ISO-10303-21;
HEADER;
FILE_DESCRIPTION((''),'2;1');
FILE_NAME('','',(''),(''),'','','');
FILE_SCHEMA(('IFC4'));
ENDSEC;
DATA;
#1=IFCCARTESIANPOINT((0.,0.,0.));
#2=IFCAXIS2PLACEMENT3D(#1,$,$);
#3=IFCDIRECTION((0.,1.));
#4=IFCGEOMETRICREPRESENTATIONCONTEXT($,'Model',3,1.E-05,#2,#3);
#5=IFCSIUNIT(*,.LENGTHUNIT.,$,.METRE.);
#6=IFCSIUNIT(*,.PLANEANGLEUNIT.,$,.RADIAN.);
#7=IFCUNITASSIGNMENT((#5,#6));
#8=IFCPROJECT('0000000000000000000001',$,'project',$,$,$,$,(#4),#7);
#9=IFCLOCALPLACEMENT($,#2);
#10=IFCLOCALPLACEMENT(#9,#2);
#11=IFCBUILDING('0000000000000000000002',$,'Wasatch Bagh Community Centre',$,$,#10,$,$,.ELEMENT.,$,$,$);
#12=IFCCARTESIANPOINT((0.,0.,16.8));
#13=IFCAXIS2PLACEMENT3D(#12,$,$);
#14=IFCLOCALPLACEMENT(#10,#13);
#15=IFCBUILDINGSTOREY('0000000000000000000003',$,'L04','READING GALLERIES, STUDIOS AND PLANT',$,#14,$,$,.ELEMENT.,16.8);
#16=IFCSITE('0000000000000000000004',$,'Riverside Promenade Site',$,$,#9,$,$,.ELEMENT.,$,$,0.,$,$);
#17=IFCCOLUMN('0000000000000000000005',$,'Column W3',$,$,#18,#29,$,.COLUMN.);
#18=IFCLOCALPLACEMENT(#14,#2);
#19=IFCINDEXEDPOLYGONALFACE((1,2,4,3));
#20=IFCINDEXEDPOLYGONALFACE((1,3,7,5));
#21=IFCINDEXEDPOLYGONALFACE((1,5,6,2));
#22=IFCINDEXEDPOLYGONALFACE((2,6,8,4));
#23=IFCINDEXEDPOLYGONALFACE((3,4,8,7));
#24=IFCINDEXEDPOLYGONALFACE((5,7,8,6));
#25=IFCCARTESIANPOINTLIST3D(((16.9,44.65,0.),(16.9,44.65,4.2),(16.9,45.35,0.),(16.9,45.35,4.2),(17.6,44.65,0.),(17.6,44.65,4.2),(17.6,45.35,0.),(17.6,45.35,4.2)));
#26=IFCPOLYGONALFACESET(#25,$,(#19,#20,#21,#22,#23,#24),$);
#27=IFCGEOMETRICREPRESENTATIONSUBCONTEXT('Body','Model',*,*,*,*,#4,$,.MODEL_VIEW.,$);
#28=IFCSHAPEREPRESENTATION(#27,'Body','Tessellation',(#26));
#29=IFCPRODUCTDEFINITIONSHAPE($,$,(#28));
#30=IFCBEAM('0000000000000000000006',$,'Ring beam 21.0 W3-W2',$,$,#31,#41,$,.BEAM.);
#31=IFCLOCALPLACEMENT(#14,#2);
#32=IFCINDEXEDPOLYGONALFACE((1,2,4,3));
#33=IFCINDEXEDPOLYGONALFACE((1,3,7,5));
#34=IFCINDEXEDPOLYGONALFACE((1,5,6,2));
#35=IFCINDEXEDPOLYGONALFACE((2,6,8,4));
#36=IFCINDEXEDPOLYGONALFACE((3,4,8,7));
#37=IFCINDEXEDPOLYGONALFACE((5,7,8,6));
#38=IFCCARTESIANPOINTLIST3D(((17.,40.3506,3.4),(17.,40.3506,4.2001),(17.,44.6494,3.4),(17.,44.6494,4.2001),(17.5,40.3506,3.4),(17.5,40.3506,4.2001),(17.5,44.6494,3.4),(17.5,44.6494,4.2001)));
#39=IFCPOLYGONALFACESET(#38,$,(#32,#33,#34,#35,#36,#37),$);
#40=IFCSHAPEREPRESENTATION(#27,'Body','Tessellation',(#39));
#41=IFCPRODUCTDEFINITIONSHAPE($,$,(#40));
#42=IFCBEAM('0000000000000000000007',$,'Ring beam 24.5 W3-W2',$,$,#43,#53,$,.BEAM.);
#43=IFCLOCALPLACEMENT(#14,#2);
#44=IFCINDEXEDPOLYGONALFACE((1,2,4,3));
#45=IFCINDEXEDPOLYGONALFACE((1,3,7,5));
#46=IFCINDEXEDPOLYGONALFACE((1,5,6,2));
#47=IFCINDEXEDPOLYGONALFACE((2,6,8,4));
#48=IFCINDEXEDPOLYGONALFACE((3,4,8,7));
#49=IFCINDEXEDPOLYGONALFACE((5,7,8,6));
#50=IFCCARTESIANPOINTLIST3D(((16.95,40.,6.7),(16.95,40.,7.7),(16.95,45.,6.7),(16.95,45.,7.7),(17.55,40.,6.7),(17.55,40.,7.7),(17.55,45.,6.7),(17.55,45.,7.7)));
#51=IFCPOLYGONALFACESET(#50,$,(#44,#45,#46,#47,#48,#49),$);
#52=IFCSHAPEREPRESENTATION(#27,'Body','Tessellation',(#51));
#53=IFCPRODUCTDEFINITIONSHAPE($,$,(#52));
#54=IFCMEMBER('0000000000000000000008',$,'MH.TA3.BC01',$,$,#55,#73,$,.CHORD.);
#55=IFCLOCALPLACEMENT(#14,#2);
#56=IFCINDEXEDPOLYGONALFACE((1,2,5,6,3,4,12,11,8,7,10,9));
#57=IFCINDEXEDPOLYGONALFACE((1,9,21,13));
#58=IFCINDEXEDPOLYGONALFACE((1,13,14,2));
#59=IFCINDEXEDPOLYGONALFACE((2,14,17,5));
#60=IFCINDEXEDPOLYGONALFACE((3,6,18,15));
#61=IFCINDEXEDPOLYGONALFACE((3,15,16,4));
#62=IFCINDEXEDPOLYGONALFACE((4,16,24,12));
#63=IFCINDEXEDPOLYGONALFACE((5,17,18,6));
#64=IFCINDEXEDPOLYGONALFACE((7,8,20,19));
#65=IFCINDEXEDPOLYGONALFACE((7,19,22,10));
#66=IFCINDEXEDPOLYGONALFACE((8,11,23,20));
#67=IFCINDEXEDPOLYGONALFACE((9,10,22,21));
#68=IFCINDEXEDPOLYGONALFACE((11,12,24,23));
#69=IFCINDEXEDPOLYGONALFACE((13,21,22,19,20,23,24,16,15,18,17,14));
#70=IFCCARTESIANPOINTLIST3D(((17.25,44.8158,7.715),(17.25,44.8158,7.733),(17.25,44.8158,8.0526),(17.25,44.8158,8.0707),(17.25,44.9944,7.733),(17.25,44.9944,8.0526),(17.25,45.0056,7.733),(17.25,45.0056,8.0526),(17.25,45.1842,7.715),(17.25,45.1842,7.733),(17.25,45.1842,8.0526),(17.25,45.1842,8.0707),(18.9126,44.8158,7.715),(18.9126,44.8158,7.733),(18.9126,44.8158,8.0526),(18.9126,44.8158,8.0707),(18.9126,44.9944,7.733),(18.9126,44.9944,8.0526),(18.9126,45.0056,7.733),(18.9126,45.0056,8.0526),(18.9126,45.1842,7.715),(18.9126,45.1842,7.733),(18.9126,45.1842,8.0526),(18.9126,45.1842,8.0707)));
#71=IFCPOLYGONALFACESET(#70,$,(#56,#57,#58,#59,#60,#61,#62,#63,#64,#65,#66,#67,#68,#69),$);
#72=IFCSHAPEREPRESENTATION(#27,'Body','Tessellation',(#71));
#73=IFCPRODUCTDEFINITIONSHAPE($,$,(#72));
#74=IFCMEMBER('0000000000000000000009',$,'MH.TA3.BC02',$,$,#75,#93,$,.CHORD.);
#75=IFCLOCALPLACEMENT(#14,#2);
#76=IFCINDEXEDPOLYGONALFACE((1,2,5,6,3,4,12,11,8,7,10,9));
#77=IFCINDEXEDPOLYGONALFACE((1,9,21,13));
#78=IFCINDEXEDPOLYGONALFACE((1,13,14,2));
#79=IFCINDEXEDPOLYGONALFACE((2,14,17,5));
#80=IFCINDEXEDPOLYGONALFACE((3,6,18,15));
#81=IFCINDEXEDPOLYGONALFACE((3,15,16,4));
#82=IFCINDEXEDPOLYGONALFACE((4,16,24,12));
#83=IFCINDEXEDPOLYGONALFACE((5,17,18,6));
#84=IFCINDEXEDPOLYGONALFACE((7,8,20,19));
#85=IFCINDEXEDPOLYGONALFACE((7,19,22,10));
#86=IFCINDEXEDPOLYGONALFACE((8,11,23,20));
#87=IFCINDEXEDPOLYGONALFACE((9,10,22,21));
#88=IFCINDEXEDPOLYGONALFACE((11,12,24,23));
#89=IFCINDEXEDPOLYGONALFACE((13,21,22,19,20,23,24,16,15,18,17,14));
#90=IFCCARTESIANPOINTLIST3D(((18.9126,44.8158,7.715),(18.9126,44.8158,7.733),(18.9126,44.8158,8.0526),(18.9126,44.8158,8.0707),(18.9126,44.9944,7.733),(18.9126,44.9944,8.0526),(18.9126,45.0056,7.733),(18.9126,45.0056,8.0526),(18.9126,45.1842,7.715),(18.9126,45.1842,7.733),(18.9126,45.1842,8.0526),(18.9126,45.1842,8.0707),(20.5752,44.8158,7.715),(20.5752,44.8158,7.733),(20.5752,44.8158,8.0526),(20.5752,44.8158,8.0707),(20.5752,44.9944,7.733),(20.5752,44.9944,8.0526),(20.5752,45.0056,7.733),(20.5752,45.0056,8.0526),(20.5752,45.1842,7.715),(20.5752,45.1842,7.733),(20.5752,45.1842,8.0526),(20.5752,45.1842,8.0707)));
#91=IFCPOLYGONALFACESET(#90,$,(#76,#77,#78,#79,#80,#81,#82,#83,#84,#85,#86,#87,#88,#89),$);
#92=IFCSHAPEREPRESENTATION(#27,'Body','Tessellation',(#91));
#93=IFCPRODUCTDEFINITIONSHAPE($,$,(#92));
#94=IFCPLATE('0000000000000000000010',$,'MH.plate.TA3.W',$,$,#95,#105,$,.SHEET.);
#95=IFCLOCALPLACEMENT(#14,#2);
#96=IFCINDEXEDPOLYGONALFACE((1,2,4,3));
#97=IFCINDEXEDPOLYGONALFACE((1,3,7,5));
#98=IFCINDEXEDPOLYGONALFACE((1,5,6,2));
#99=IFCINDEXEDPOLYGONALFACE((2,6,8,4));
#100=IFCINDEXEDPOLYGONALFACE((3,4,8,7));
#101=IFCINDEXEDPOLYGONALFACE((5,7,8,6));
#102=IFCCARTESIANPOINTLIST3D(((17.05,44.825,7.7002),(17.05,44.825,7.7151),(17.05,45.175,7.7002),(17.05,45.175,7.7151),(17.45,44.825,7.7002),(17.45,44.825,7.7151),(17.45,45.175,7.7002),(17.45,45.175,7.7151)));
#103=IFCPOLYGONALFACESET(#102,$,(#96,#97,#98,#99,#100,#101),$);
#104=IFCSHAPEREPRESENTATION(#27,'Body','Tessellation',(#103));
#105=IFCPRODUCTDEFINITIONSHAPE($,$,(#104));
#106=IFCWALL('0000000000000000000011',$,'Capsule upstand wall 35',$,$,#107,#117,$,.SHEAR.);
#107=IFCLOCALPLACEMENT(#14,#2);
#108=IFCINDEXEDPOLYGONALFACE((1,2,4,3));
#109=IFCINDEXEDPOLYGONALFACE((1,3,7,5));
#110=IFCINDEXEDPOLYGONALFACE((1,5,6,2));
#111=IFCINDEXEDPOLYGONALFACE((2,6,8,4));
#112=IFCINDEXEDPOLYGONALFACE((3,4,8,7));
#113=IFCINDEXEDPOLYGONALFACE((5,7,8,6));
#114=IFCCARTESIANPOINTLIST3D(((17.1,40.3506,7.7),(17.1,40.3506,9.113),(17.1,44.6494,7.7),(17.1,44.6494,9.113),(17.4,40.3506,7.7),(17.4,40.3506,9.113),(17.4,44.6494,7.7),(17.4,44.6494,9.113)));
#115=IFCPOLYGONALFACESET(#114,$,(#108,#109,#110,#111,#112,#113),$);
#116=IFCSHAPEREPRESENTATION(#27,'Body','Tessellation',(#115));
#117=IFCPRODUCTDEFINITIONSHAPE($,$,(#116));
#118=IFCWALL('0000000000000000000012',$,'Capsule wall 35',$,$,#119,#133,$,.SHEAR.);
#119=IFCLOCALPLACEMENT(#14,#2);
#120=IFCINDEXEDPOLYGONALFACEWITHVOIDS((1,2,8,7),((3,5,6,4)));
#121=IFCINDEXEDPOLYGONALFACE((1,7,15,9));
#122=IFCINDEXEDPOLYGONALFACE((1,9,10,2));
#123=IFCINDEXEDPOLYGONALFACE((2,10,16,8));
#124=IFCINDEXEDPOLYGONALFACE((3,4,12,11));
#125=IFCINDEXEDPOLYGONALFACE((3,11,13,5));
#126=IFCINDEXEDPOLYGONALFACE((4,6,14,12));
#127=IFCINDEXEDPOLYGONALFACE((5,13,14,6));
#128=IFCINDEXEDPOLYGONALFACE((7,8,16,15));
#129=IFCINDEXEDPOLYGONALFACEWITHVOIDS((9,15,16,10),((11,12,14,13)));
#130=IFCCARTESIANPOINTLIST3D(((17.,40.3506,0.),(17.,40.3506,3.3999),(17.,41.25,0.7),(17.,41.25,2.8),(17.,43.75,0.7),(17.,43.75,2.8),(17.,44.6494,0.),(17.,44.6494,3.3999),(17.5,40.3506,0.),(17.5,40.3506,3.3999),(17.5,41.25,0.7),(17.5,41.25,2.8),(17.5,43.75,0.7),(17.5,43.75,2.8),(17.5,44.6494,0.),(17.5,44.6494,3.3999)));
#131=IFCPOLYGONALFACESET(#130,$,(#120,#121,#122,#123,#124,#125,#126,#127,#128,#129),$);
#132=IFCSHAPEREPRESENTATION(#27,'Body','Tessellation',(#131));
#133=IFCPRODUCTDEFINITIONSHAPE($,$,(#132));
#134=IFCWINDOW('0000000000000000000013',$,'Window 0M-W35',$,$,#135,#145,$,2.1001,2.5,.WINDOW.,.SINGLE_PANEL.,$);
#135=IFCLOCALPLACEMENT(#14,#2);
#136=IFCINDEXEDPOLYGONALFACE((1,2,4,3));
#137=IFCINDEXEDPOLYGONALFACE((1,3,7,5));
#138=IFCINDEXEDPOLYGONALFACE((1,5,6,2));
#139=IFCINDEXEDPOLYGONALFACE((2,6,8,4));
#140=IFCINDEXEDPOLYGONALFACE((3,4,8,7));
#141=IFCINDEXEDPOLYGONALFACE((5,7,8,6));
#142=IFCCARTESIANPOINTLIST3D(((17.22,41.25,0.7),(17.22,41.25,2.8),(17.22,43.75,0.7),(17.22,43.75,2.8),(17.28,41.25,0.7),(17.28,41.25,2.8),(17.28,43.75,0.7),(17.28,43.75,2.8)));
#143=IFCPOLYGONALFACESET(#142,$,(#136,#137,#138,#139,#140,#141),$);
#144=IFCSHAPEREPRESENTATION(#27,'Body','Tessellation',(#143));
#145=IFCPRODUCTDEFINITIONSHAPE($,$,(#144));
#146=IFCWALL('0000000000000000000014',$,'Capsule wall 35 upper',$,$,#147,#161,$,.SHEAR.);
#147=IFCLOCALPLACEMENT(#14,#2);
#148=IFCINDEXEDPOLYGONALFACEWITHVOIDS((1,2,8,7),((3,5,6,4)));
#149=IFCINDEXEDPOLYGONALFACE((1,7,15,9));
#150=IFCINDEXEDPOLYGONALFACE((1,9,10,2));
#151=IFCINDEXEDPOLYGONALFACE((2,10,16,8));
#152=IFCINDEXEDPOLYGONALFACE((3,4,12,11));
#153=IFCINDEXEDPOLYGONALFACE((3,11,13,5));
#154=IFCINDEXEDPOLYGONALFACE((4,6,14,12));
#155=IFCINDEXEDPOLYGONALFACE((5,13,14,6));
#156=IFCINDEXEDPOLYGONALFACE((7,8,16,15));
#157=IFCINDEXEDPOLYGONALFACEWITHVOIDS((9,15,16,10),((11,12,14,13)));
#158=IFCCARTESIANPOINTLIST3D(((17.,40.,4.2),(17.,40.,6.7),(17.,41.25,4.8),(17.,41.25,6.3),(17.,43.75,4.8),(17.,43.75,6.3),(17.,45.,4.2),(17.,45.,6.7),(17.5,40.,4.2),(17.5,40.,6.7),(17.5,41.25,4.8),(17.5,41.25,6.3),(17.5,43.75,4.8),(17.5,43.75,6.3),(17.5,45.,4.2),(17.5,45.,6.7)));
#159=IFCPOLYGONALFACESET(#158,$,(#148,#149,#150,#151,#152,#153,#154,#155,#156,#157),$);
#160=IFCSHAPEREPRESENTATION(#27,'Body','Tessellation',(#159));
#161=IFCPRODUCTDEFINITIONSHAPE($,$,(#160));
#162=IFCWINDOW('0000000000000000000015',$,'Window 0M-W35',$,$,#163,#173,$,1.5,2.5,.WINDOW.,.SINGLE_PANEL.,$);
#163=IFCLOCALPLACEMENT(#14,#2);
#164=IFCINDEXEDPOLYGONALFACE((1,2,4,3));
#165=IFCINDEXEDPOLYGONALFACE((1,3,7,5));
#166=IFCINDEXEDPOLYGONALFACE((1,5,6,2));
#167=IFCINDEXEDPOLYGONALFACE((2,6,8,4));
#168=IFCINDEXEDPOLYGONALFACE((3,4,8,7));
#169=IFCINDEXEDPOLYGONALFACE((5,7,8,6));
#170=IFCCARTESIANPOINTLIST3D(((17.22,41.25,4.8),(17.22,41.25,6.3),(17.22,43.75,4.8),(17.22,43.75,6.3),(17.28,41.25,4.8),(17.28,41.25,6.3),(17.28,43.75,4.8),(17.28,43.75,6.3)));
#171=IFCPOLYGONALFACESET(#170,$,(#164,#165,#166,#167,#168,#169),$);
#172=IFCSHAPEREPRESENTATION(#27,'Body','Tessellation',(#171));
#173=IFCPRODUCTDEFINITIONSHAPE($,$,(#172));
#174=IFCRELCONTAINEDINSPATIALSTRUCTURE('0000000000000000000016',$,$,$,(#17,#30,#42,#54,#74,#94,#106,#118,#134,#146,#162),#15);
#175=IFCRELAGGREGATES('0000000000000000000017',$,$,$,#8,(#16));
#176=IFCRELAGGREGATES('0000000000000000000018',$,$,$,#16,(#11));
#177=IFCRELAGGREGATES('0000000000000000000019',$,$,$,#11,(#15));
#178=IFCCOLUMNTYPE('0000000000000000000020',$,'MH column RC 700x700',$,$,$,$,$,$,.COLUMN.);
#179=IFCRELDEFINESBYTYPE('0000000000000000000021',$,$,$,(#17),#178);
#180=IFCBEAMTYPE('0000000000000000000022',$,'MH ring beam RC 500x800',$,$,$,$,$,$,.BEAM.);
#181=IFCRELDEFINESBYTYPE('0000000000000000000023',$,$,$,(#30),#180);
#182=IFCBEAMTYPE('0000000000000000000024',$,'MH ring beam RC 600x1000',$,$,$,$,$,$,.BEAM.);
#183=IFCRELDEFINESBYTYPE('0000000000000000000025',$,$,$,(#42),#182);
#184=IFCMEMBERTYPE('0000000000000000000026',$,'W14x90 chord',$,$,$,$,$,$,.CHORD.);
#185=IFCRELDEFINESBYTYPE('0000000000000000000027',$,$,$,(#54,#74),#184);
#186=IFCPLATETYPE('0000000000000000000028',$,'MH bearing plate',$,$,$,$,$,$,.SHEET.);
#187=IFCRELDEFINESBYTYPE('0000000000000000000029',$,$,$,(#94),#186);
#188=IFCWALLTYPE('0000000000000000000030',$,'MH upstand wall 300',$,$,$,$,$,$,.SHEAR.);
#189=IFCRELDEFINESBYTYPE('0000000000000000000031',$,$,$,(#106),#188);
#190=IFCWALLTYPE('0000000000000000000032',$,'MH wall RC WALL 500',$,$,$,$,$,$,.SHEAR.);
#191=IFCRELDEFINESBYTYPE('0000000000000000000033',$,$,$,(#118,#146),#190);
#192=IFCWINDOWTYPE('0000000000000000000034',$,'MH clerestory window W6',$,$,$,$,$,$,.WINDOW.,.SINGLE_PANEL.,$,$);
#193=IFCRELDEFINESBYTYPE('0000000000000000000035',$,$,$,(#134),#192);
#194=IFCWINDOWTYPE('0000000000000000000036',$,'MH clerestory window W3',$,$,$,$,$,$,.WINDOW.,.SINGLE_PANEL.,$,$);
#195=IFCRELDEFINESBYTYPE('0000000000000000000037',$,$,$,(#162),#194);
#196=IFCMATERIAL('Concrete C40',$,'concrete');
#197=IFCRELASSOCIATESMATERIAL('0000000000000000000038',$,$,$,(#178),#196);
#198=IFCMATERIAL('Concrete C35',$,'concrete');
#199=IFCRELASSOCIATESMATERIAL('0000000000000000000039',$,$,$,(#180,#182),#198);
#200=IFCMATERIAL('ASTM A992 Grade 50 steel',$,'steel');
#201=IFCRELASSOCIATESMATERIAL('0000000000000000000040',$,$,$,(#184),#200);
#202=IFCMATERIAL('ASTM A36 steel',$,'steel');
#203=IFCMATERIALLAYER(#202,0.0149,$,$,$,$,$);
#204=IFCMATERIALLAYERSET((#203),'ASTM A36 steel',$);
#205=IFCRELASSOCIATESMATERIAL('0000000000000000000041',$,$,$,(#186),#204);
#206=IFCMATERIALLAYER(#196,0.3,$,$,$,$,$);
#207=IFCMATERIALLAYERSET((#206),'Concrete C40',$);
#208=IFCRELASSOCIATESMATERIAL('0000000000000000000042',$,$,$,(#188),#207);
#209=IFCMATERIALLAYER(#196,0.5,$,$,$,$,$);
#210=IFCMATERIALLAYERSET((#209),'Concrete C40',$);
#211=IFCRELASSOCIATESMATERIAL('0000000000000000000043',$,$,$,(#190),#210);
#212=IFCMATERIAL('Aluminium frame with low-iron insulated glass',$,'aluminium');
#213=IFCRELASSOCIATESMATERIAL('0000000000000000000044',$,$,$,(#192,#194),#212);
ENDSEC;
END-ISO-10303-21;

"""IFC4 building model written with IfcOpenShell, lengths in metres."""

from ifc_helpers import new_model, si_unit, direction, frame, frame_2d, origin, origin_2d, place, context, subcontext, project, spatial, rectangle, i_section, extrude, material, layer, layer_set, material_profile, profile_set, type_object, element, fill, save


model = new_model("IFC4")

# Units and contexts
model_context = context("Model", 3, precision=1e-05, world=origin(), true_north=direction((0.0, 1.0)))
body_context = subcontext(model_context, "Body", "Model", "MODEL_VIEW")
ifc_project = project(units=[si_unit("LENGTHUNIT", "METRE"), si_unit("PLANEANGLEUNIT", "RADIAN")], contexts=[model_context])

# Site, building, storey
site_placement = place(None, origin())
site = spatial("IfcSite", under=ifc_project, at=site_placement, Name="Riverside Promenade Site", CompositionType="ELEMENT", RefElevation=0.0)
building_placement = place(site_placement, origin())
building = spatial("IfcBuilding", under=site, at=building_placement, Name="Wasatch Bagh Community Centre", CompositionType="ELEMENT")
storey_placement = place(building_placement, frame((0.0, 0.0, 16.8)))
storey = spatial("IfcBuildingStorey", under=building, at=storey_placement, Name="L04", Description="READING GALLERIES, STUDIOS AND PLANT", CompositionType="ELEMENT", Elevation=16.8)

# Column
ifc_material_1 = material(Name="Concrete C40", Category="concrete")
ifc_material_profile_1 = material_profile(ifc_material_1, rectangle(XDim=0.7, YDim=0.7, at=origin_2d()), Name="RC 700x700")
ifc_profile_set_1 = profile_set([ifc_material_profile_1], Name="Concrete C40")
column_type = type_object("IfcColumnType", Name="MH column RC 700x700", PredefinedType="COLUMN", material=ifc_profile_set_1)
column_placement = place(storey_placement, frame((17.25, 45.0, 0.0), z_axis=(0.0, 0.0, 1.0), x_axis=(1.0, 0.0, 0.0)))
element("IfcColumn", 1, at=column_placement, inside=storey, type_object=column_type, Name="Column W3", PredefinedType="COLUMN", context=body_context, shape_type="SweptSolid", body=[
    extrude(rectangle(XDim=0.7, YDim=0.7, at=origin_2d()), origin(), (0.0, 0.0, 1.0), 4.2),
])

# Beams
ifc_material_2 = material(Name="Concrete C35", Category="concrete")
ifc_material_profile_2 = material_profile(ifc_material_2, rectangle(XDim=0.5, YDim=0.8, at=origin_2d()), Name="RC 500x800")
ifc_profile_set_2 = profile_set([ifc_material_profile_2], Name="Concrete C35")
beam_type_1 = type_object("IfcBeamType", Name="MH ring beam RC 500x800", PredefinedType="BEAM", material=ifc_profile_set_2)
beam_1_placement = place(storey_placement, frame((17.25, 44.6494, 3.8), z_axis=(0.0, -1.0, 0.0), x_axis=(1.0, 0.0, 0.0)))
element("IfcBeam", 2, at=beam_1_placement, inside=storey, type_object=beam_type_1, Name="Ring beam 21.0 W3-W2", PredefinedType="BEAM", context=body_context, shape_type="SweptSolid", body=[
    extrude(rectangle(XDim=0.5, YDim=0.8, at=origin_2d()), origin(), (0.0, 0.0, 1.0), 4.2988),
])
ifc_material_profile_3 = material_profile(ifc_material_2, rectangle(XDim=0.6001, YDim=1.0, at=origin_2d()), Name="RC 600x1000")
ifc_profile_set_3 = profile_set([ifc_material_profile_3], Name="Concrete C35")
beam_type_2 = type_object("IfcBeamType", Name="MH ring beam RC 600x1000", PredefinedType="BEAM", material=ifc_profile_set_3)
beam_2_placement = place(storey_placement, frame((17.25, 45.0, 7.2), z_axis=(0.0, -1.0, 0.0), x_axis=(1.0, 0.0, 0.0)))
element("IfcBeam", 3, at=beam_2_placement, inside=storey, type_object=beam_type_2, Name="Ring beam 24.5 W3-W2", PredefinedType="BEAM", context=body_context, shape_type="SweptSolid", body=[
    extrude(rectangle(XDim=0.6001, YDim=1.0, at=origin_2d()), origin(), (0.0, 0.0, 1.0), 5.0),
])

# Members
ifc_material_3 = material(Name="ASTM A992 Grade 50 steel", Category="steel")
ifc_material_profile_4 = material_profile(ifc_material_3, i_section(OverallWidth=0.3684, OverallDepth=0.3557, WebThickness=0.0112, FlangeThickness=0.0181, at=origin_2d()), Name="W14x90")
ifc_profile_set_4 = profile_set([ifc_material_profile_4], Name="ASTM A992 Grade 50 steel")
member_type = type_object("IfcMemberType", Name="W14x90 chord", PredefinedType="CHORD", material=ifc_profile_set_4)
for number, where, z_axis, x_axis, name in (
    (4, (17.25, 45.0, 7.8928), (1.0, 0.0, 0.0), (0.0, 1.0, 0.0), "MH.TA3.BC01"),
    (5, (18.9126, 45.0, 7.8928), (1.0, 0.0, 0.0), (0.0, 1.0, 0.0), "MH.TA3.BC02"),
):
    element("IfcMember", number, at=place(storey_placement, frame(where, z_axis=z_axis, x_axis=x_axis)), inside=storey, type_object=member_type, Name=name, PredefinedType="CHORD", context=body_context, shape_type="SweptSolid", body=[
        extrude(i_section(OverallWidth=0.3684, OverallDepth=0.3557, WebThickness=0.0112, FlangeThickness=0.0181, at=origin_2d()), origin(), (0.0, 0.0, 1.0), 1.6626),
    ])

# Plate
ifc_material_4 = material(Name="ASTM A36 steel", Category="steel")
ifc_layer_1 = layer(ifc_material_4, 0.0149)
ifc_layer_set_1 = layer_set([ifc_layer_1], Name="ASTM A36 steel")
plate_type = type_object("IfcPlateType", Name="MH bearing plate", PredefinedType="SHEET", material=ifc_layer_set_1)
plate_placement = place(storey_placement, frame((17.25, 45.0, 7.7002), z_axis=(0.0, 0.0, 1.0), x_axis=(1.0, 0.0, 0.0)))
element("IfcPlate", 6, at=plate_placement, inside=storey, type_object=plate_type, Name="MH.plate.TA3.W", PredefinedType="SHEET", context=body_context, shape_type="SweptSolid", body=[
    extrude(rectangle(XDim=0.3999, YDim=0.3501, at=origin_2d()), origin(), (0.0, 0.0, 1.0), 0.0149),
])

# Wall
ifc_layer_2 = layer(ifc_material_1, 0.3)
ifc_layer_set_2 = layer_set([ifc_layer_2], Name="Concrete C40")
wall_type_1 = type_object("IfcWallType", Name="MH upstand wall 300", PredefinedType="SHEAR", material=ifc_layer_set_2)
wall_1_placement = place(storey_placement, frame((17.25, 44.6494, 7.7), z_axis=(0.0, 0.0, 1.0), x_axis=(0.0, -1.0, 0.0)))
element("IfcWall", 7, at=wall_1_placement, inside=storey, type_object=wall_type_1, Name="Capsule upstand wall 35", PredefinedType="SHEAR", context=body_context, shape_type="SweptSolid", body=[
    extrude(rectangle(XDim=4.2988, YDim=0.3, at=frame_2d((2.1494, 0.0))), origin(), (0.0, 0.0, 1.0), 1.4131),
])

# Walls, openings, windows
ifc_layer_3 = layer(ifc_material_1, 0.5)
ifc_layer_set_3 = layer_set([ifc_layer_3], Name="Concrete C40")
wall_type_2 = type_object("IfcWallType", Name="MH wall RC WALL 500", PredefinedType="SHEAR", material=ifc_layer_set_3)
wall_2_placement = place(storey_placement, frame((17.25, 44.6494, 0.0), z_axis=(0.0, 0.0, 1.0), x_axis=(0.0, -1.0, 0.0)))
wall_2 = element("IfcWall", 8, at=wall_2_placement, inside=storey, type_object=wall_type_2, Name="Capsule wall 35", PredefinedType="SHEAR", context=body_context, shape_type="SweptSolid", body=[
    extrude(rectangle(XDim=4.2988, YDim=0.5, at=frame_2d((2.1494, 0.0))), origin(), (0.0, 0.0, 1.0), 3.3999),
])
opening_1_placement = place(wall_2_placement, frame((0.8994, 0.0, 0.7)))
opening_1 = element("IfcOpeningElement", 9, at=opening_1_placement, cuts=wall_2, PredefinedType="OPENING", context=body_context, shape_type="SweptSolid", body=[
    extrude(rectangle(XDim=2.5, YDim=2.1001, at=frame_2d((1.25, 1.05))), frame((0.0, 0.26, 0.0), z_axis=(0.0, -1.0, 0.0), x_axis=(1.0, 0.0, 0.0)), (0.0, 0.0, 1.0), 0.52),
])
ifc_material_5 = material(Name="Aluminium frame with low-iron insulated glass", Category="aluminium")
window_type_1 = type_object("IfcWindowType", Name="MH clerestory window W6", PartitioningType="SINGLE_PANEL", PredefinedType="WINDOW", material=ifc_material_5)
window_1_placement = place(opening_1_placement, origin())
window_1 = element("IfcWindow", 10, at=window_1_placement, inside=storey, type_object=window_type_1, Name="Window 0M-W35", OverallHeight=2.1001, OverallWidth=2.5, PartitioningType="SINGLE_PANEL", PredefinedType="WINDOW", context=body_context, shape_type="SweptSolid", body=[
    extrude(rectangle(XDim=2.5, YDim=2.1001, at=frame_2d((1.25, 1.05))), frame((0.0, 0.03, 0.0), z_axis=(0.0, -1.0, 0.0), x_axis=(1.0, 0.0, 0.0)), (0.0, 0.0, 1.0), 0.0601),
])
fill(opening_1, window_1)
wall_3_placement = place(storey_placement, frame((17.25, 45.0, 4.2), z_axis=(0.0, 0.0, 1.0), x_axis=(0.0, -1.0, 0.0)))
wall_3 = element("IfcWall", 11, at=wall_3_placement, inside=storey, type_object=wall_type_2, Name="Capsule wall 35 upper", PredefinedType="SHEAR", context=body_context, shape_type="SweptSolid", body=[
    extrude(rectangle(XDim=5.0, YDim=0.5, at=frame_2d((2.5, 0.0))), origin(), (0.0, 0.0, 1.0), 2.5),
])
opening_2_placement = place(wall_3_placement, frame((1.25, 0.0, 0.6001)))
opening_2 = element("IfcOpeningElement", 12, at=opening_2_placement, cuts=wall_3, PredefinedType="OPENING", context=body_context, shape_type="SweptSolid", body=[
    extrude(rectangle(XDim=2.5, YDim=1.5, at=frame_2d((1.25, 0.75))), frame((0.0, 0.26, 0.0), z_axis=(0.0, -1.0, 0.0), x_axis=(1.0, 0.0, 0.0)), (0.0, 0.0, 1.0), 0.52),
])
window_type_2 = type_object("IfcWindowType", Name="MH clerestory window W3", PartitioningType="SINGLE_PANEL", PredefinedType="WINDOW", material=ifc_material_5)
window_2_placement = place(opening_2_placement, origin())
window_2 = element("IfcWindow", 13, at=window_2_placement, inside=storey, type_object=window_type_2, Name="Window 0M-W35", OverallHeight=1.5, OverallWidth=2.5, PartitioningType="SINGLE_PANEL", PredefinedType="WINDOW", context=body_context, shape_type="SweptSolid", body=[
    extrude(rectangle(XDim=2.5, YDim=1.5, at=frame_2d((1.25, 0.75))), frame((0.0, 0.03, 0.0), z_axis=(0.0, -1.0, 0.0), x_axis=(1.0, 0.0, 0.0)), (0.0, 0.0, 1.0), 0.0601),
])
fill(opening_2, window_2)

save(model, "model.ifc")
